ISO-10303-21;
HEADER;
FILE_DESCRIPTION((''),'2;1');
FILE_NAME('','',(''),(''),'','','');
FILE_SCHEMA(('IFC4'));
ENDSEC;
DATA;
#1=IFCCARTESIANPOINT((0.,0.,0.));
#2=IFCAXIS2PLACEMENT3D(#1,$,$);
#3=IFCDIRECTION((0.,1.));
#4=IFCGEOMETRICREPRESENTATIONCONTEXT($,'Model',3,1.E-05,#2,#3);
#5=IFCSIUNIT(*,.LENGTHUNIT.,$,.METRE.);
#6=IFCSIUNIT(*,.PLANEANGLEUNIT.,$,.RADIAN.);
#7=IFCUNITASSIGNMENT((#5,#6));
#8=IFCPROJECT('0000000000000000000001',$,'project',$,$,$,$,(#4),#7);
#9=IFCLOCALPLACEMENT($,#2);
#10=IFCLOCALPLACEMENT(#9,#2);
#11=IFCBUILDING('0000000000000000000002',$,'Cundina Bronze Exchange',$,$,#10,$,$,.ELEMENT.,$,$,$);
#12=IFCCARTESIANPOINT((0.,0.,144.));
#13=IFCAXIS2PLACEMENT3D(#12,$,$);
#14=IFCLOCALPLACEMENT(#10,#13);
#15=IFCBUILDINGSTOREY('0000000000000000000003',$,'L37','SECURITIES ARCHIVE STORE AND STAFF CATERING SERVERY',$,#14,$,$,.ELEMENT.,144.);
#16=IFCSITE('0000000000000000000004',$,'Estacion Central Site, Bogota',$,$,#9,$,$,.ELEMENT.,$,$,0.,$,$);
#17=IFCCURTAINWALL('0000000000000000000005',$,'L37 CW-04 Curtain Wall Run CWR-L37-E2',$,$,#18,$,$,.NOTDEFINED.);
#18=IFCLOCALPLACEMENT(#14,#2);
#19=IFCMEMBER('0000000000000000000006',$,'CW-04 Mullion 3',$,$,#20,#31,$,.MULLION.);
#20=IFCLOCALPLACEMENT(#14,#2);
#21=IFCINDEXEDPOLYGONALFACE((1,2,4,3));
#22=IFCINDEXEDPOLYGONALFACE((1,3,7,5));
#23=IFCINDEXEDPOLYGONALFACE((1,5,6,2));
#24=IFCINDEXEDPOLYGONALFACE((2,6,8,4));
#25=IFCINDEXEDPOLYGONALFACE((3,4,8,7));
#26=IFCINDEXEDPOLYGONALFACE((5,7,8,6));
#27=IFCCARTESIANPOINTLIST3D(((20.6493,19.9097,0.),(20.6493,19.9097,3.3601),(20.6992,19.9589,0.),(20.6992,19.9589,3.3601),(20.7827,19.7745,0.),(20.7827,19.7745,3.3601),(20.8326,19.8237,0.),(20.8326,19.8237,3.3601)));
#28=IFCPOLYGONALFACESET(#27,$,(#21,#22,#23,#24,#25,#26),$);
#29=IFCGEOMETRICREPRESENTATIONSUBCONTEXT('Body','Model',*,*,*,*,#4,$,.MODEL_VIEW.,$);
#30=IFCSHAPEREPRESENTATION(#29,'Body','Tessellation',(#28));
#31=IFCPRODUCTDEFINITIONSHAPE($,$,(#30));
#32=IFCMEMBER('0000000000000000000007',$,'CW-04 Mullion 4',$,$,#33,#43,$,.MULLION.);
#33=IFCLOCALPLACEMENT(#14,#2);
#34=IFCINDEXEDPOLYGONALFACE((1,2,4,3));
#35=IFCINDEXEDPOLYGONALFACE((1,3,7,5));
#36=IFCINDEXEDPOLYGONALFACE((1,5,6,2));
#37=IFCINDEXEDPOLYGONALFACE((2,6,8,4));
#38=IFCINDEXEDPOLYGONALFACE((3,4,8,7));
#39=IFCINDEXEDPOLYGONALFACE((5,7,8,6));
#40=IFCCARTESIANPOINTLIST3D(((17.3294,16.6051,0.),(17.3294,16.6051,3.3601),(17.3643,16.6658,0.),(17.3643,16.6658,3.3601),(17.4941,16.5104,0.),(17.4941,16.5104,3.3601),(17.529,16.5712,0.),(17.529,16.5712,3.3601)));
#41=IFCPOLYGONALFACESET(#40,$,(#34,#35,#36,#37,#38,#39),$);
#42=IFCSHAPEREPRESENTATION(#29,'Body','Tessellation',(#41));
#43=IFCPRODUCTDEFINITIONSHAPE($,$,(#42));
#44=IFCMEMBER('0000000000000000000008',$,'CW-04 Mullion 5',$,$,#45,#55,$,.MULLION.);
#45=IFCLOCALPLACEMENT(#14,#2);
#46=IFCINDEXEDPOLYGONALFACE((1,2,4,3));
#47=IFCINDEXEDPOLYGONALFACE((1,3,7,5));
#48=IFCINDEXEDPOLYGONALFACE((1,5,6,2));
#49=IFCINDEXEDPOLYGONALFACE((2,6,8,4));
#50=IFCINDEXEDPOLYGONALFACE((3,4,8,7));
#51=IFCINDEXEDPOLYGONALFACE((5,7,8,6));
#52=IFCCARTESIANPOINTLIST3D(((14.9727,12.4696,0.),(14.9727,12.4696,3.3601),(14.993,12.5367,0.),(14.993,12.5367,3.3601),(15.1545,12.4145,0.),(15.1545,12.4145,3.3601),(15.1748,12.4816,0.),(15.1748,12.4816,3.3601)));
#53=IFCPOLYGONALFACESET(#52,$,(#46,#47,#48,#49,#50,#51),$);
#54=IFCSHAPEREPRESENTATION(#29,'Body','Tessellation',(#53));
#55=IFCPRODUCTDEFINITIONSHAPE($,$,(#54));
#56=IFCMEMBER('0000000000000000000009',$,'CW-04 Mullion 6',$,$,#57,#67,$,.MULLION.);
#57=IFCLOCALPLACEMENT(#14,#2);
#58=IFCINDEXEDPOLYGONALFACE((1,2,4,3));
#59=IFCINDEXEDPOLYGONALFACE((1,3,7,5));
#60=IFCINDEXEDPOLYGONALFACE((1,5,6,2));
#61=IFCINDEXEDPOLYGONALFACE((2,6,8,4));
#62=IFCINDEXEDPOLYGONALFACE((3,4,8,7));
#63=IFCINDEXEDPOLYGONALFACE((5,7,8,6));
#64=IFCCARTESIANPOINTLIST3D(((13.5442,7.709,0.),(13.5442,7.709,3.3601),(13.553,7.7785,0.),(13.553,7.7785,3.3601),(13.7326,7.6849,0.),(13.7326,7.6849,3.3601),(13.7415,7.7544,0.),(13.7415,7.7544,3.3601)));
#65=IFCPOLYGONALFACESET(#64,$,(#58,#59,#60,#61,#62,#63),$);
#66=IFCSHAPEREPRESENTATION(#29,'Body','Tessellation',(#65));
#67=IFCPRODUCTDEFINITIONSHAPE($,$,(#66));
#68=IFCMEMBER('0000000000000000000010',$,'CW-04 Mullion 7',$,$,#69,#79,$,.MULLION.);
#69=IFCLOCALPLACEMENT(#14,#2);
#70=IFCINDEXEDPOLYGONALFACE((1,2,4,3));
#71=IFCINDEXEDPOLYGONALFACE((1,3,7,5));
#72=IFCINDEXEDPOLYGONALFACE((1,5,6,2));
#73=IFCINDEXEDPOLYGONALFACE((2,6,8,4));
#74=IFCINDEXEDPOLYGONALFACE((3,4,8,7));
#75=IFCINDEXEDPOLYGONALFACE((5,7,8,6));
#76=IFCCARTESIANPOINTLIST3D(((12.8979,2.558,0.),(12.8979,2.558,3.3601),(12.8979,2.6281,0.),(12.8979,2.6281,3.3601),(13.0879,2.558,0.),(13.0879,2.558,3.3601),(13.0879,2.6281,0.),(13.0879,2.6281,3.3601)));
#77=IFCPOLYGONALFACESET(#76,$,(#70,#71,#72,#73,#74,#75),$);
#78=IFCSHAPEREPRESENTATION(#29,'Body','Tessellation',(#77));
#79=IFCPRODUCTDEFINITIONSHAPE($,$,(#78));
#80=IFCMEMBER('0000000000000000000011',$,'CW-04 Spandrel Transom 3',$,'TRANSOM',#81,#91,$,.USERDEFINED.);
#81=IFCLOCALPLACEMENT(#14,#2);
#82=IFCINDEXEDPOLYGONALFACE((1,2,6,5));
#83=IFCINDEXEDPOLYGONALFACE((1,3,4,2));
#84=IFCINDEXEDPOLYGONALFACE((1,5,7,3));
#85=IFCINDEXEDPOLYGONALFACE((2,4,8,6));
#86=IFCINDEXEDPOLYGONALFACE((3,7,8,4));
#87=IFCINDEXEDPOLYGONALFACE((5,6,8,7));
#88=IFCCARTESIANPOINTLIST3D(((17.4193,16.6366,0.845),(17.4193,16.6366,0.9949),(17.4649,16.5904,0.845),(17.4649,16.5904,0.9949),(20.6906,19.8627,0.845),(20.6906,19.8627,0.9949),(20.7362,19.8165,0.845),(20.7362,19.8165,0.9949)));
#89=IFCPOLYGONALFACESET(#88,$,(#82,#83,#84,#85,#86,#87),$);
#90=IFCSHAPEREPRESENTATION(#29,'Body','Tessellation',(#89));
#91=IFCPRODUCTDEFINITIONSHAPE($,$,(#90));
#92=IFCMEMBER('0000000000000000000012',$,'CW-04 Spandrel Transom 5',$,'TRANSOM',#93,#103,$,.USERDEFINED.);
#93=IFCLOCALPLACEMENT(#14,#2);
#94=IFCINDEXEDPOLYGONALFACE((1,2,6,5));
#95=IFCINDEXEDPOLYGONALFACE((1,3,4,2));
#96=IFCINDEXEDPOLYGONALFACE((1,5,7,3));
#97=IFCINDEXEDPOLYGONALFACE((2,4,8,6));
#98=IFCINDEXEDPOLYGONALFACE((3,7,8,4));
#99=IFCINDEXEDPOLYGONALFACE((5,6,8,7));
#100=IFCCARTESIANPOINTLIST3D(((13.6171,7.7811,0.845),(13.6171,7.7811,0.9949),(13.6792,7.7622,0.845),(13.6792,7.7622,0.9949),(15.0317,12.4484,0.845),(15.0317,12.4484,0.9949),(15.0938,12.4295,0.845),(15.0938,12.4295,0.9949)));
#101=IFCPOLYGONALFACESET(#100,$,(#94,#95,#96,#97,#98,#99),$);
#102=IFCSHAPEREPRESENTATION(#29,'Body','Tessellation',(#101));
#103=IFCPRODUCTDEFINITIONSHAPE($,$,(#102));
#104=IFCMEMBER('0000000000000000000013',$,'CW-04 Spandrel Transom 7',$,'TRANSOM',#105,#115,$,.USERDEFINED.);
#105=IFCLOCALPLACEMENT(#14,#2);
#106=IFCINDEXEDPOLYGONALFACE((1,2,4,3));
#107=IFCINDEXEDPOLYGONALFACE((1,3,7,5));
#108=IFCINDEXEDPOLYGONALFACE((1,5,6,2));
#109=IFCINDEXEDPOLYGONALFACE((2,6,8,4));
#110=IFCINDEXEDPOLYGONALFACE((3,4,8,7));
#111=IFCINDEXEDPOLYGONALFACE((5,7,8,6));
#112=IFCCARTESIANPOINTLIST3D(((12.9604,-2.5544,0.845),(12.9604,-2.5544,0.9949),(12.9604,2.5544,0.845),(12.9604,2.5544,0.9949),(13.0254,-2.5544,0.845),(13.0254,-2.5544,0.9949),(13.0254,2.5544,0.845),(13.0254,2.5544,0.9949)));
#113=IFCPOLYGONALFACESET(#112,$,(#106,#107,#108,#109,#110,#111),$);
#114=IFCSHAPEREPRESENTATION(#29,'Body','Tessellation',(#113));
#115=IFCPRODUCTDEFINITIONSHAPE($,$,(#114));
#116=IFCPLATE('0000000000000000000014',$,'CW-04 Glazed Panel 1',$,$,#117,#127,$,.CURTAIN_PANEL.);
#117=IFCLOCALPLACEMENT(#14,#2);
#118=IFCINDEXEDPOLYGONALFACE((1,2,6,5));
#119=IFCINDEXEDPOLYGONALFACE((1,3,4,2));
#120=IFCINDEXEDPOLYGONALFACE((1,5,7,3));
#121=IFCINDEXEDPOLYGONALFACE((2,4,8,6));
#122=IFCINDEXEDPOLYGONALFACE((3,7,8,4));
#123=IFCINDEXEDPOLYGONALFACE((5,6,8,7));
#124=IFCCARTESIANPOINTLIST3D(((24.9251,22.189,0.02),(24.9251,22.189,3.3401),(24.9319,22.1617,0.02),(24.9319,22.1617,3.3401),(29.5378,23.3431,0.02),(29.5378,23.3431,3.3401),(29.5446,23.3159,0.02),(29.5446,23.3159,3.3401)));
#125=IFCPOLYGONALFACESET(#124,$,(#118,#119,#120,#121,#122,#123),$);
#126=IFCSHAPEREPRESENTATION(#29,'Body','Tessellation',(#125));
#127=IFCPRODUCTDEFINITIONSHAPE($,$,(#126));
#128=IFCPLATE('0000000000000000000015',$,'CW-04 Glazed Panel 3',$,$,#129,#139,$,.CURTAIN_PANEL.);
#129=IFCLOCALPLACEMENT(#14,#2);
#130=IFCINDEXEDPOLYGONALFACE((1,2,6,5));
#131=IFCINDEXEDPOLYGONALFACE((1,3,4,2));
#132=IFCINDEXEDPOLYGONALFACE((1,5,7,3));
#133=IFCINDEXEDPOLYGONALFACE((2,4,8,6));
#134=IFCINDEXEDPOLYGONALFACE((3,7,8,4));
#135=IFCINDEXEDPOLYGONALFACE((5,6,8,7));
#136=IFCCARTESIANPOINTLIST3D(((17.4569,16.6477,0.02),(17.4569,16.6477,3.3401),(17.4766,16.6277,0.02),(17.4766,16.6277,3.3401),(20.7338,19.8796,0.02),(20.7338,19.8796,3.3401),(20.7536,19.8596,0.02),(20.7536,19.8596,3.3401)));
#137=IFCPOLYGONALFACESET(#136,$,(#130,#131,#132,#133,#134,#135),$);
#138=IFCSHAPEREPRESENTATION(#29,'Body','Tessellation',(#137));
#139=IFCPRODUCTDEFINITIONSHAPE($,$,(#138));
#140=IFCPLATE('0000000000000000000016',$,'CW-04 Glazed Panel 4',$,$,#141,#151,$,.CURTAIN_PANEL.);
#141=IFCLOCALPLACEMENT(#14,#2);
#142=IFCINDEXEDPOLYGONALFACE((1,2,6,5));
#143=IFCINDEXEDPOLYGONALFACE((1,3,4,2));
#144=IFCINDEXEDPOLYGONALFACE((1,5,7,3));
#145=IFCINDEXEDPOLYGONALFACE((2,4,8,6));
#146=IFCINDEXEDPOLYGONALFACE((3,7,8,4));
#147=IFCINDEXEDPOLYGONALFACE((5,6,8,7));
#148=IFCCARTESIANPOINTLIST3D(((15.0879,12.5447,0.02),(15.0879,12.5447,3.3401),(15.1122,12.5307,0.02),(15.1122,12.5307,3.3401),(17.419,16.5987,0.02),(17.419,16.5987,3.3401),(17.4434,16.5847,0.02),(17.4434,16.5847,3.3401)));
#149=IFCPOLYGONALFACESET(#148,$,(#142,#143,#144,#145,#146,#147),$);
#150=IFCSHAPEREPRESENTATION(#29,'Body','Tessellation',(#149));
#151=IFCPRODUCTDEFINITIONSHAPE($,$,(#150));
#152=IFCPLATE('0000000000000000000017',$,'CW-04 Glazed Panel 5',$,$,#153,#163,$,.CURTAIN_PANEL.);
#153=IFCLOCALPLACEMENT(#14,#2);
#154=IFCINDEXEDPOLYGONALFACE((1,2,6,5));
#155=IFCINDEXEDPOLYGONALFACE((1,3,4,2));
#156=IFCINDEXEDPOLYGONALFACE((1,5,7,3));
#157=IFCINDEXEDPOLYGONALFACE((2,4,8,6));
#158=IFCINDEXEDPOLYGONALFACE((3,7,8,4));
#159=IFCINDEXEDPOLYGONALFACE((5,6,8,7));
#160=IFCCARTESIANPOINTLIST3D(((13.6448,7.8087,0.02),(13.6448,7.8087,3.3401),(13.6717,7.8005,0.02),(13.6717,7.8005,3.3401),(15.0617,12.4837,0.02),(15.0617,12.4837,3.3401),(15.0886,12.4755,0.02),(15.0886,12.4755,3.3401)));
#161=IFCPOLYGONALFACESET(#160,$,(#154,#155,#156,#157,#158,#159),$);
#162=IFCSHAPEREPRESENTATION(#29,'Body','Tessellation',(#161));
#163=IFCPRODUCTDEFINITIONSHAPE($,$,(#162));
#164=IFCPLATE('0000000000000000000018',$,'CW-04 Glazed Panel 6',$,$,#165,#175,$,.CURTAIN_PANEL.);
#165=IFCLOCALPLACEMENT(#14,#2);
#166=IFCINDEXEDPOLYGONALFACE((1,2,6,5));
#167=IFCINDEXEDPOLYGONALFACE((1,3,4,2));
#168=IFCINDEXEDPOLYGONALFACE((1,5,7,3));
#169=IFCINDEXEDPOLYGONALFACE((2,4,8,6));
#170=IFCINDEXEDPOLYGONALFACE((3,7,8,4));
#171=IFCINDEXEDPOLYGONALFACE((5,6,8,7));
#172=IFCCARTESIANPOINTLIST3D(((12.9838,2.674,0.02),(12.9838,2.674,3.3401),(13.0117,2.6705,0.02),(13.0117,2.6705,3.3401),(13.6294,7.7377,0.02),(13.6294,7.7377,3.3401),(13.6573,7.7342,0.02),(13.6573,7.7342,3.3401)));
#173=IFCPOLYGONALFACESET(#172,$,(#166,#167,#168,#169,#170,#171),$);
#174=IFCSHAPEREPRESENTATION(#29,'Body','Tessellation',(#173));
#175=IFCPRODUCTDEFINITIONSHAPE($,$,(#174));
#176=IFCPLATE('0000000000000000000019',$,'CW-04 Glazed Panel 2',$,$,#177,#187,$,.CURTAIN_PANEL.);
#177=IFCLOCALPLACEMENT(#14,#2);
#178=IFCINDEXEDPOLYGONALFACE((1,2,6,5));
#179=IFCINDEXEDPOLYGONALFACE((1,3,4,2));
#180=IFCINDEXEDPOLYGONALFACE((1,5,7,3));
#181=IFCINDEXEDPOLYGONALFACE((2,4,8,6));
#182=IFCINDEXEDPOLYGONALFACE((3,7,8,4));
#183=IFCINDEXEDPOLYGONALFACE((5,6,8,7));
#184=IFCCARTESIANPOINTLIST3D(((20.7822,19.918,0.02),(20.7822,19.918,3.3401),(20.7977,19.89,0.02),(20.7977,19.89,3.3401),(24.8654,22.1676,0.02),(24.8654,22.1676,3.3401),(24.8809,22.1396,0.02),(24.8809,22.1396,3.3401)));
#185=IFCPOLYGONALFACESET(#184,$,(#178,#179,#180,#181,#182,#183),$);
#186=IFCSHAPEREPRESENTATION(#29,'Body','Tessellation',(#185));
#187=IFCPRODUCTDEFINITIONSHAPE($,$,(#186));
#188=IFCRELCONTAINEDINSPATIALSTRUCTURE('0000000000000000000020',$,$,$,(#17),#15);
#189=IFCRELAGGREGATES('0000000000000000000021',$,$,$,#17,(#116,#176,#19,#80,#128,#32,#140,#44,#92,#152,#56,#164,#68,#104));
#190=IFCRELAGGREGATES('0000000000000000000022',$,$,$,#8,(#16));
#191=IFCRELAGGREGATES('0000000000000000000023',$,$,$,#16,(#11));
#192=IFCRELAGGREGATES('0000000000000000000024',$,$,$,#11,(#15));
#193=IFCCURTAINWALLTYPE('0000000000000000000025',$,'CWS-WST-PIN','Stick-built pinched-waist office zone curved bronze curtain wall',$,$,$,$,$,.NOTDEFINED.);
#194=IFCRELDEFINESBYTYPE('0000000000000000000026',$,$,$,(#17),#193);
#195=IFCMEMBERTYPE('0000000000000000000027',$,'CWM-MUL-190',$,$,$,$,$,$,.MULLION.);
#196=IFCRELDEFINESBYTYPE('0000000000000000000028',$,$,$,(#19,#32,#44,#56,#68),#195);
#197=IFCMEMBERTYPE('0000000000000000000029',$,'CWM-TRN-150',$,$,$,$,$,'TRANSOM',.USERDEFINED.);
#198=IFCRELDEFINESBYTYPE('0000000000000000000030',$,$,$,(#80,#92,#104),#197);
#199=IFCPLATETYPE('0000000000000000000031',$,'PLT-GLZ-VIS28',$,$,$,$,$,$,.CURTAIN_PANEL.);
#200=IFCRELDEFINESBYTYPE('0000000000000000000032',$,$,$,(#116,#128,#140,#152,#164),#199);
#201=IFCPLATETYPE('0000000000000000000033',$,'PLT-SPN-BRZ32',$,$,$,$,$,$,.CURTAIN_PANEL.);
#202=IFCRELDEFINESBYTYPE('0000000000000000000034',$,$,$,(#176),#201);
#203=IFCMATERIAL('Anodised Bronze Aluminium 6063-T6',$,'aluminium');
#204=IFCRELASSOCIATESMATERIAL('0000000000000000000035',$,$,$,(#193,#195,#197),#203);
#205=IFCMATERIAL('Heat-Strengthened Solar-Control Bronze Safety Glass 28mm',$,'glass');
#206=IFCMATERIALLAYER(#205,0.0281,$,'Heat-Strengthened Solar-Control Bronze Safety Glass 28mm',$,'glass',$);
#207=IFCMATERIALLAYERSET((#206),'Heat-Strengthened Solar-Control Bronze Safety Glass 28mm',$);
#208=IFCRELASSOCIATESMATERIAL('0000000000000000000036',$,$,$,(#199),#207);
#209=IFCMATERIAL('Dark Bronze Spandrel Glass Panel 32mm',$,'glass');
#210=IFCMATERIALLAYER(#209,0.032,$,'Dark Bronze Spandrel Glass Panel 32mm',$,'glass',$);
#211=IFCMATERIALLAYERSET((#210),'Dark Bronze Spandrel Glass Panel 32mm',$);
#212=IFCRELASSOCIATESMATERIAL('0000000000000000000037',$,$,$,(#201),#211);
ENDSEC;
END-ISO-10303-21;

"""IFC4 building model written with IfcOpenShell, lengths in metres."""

from ifc_helpers import new_model, si_unit, direction, frame, origin, origin_2d, place, context, subcontext, project, spatial, rectangle, extrude, material, layer, layer_set, material_profile, profile_set, type_object, element, aggregate, save


model = new_model("IFC4")

# Units and contexts
model_context = context("Model", 3, precision=1e-05, world=origin(), true_north=direction((0.0, 1.0)))
body_context = subcontext(model_context, "Body", "Model", "MODEL_VIEW")
ifc_project = project(units=[si_unit("LENGTHUNIT", "METRE"), si_unit("PLANEANGLEUNIT", "RADIAN")], contexts=[model_context])

# Site, building, storey
site_placement = place(None, origin())
site = spatial("IfcSite", under=ifc_project, at=site_placement, Name="Estacion Central Site, Bogota", CompositionType="ELEMENT", RefElevation=0.0)
building_placement = place(site_placement, origin())
building = spatial("IfcBuilding", under=site, at=building_placement, Name="Cundina Bronze Exchange", CompositionType="ELEMENT")
storey_placement = place(building_placement, frame((0.0, 0.0, 144.0)))
storey = spatial("IfcBuildingStorey", under=building, at=storey_placement, Name="L37", Description="SECURITIES ARCHIVE STORE AND STAFF CATERING SERVERY", CompositionType="ELEMENT", Elevation=144.0)

# Curtain wall, members, plates
ifc_material_1 = material(Name="Anodised Bronze Aluminium 6063-T6", Category="aluminium")
curtain_wall_type = type_object("IfcCurtainWallType", Name="CWS-WST-PIN", Description="Stick-built pinched-waist office zone curved bronze curtain wall", PredefinedType="NOTDEFINED", material=ifc_material_1)
curtain_wall_placement = place(storey_placement, origin())
curtain_wall = element("IfcCurtainWall", 1, at=curtain_wall_placement, inside=storey, type_object=curtain_wall_type, Name="L37 CW-04 Curtain Wall Run CWR-L37-E2", PredefinedType="NOTDEFINED")
ifc_material_profile_1 = material_profile(ifc_material_1, rectangle(XDim=0.0701, YDim=0.1899, at=origin_2d()), Name="AL70X190", Category="aluminium")
ifc_profile_set_1 = profile_set([ifc_material_profile_1], Name="Anodised Bronze Aluminium 6063-T6")
member_type_1 = type_object("IfcMemberType", Name="CWM-MUL-190", PredefinedType="MULLION", material=ifc_profile_set_1)
member_1_placement = place(storey_placement, frame((20.741, 19.8667, 0.0), z_axis=(0.0, 0.0, 1.0), x_axis=(-0.712026, -0.702153, 0.0)))
member_1 = element("IfcMember", 2, at=member_1_placement, type_object=member_type_1, Name="CW-04 Mullion 3", PredefinedType="MULLION", context=body_context, shape_type="SweptSolid", body=[
    extrude(rectangle(XDim=0.0701, YDim=0.1899, at=origin_2d()), origin(), (0.0, 0.0, 1.0), 3.3601),
])
member_2_placement = place(storey_placement, frame((17.4292, 16.5881, 0.0), z_axis=(0.0, 0.0, 1.0), x_axis=(-0.498488, -0.866897, 0.0)))
member_2 = element("IfcMember", 3, at=member_2_placement, type_object=member_type_1, Name="CW-04 Mullion 4", PredefinedType="MULLION", context=body_context, shape_type="SweptSolid", body=[
    extrude(rectangle(XDim=0.0701, YDim=0.1899, at=origin_2d()), origin(), (0.0, 0.0, 1.0), 3.3601),
])
member_3_placement = place(storey_placement, frame((15.0737, 12.4756, 0.0), z_axis=(0.0, 0.0, 1.0), x_axis=(-0.290034, -0.957016, 0.0)))
member_3 = element("IfcMember", 4, at=member_3_placement, type_object=member_type_1, Name="CW-04 Mullion 5", PredefinedType="MULLION", context=body_context, shape_type="SweptSolid", body=[
    extrude(rectangle(XDim=0.0701, YDim=0.1899, at=origin_2d()), origin(), (0.0, 0.0, 1.0), 3.3601),
])
member_4_placement = place(storey_placement, frame((13.6428, 7.7317, 0.0), z_axis=(0.0, 0.0, 1.0), x_axis=(-0.126545, -0.991961, 0.0)))
member_4 = element("IfcMember", 5, at=member_4_placement, type_object=member_type_1, Name="CW-04 Mullion 6", PredefinedType="MULLION", context=body_context, shape_type="SweptSolid", body=[
    extrude(rectangle(XDim=0.0701, YDim=0.1899, at=origin_2d()), origin(), (0.0, 0.0, 1.0), 3.3601),
])
member_5_placement = place(storey_placement, frame((12.9929, 2.593, 0.0), z_axis=(0.0, 0.0, 1.0), x_axis=(0.0, -1.0, 0.0)))
member_5 = element("IfcMember", 6, at=member_5_placement, type_object=member_type_1, Name="CW-04 Mullion 7", PredefinedType="MULLION", context=body_context, shape_type="SweptSolid", body=[
    extrude(rectangle(XDim=0.0701, YDim=0.1899, at=origin_2d()), origin(), (0.0, 0.0, 1.0), 3.3601),
])
ifc_material_profile_2 = material_profile(ifc_material_1, rectangle(XDim=0.0649, YDim=0.1499, at=origin_2d()), Name="AL65X150", Category="aluminium")
ifc_profile_set_2 = profile_set([ifc_material_profile_2], Name="Anodised Bronze Aluminium 6063-T6")
member_type_2 = type_object("IfcMemberType", Name="CWM-TRN-150", ElementType="TRANSOM", PredefinedType="USERDEFINED", material=ifc_profile_set_2)
member_6_placement = place(storey_placement, frame((20.7134, 19.8396, 0.9199), z_axis=(-0.712005, -0.702174, 0.0), x_axis=(0.702174, -0.712005, 0.0)))
member_6 = element("IfcMember", 7, at=member_6_placement, type_object=member_type_2, Name="CW-04 Spandrel Transom 3", ObjectType="TRANSOM", PredefinedType="USERDEFINED", context=body_context, shape_type="SweptSolid", body=[
    extrude(rectangle(XDim=0.0649, YDim=0.1499, at=origin_2d()), origin(), (0.0, 0.0, 1.0), 4.5945),
])
member_7_placement = place(storey_placement, frame((15.0627, 12.439, 0.9199), z_axis=(-0.290052, -0.957011, 0.0), x_axis=(0.957011, -0.290052, 0.0)))
member_7 = element("IfcMember", 8, at=member_7_placement, type_object=member_type_2, Name="CW-04 Spandrel Transom 5", ObjectType="TRANSOM", PredefinedType="USERDEFINED", context=body_context, shape_type="SweptSolid", body=[
    extrude(rectangle(XDim=0.0649, YDim=0.1499, at=origin_2d()), origin(), (0.0, 0.0, 1.0), 4.877),
])
member_8_placement = place(storey_placement, frame((12.9929, 2.5544, 0.9199), z_axis=(0.0, -1.0, 0.0), x_axis=(1.0, 0.0, 0.0)))
member_8 = element("IfcMember", 9, at=member_8_placement, type_object=member_type_2, Name="CW-04 Spandrel Transom 7", ObjectType="TRANSOM", PredefinedType="USERDEFINED", context=body_context, shape_type="SweptSolid", body=[
    extrude(rectangle(XDim=0.0649, YDim=0.1499, at=origin_2d()), origin(), (0.0, 0.0, 1.0), 5.1089),
])
ifc_material_2 = material(Name="Heat-Strengthened Solar-Control Bronze Safety Glass 28mm", Category="glass")
ifc_layer_1 = layer(ifc_material_2, 0.0281, Name="Heat-Strengthened Solar-Control Bronze Safety Glass 28mm", Category="glass")
ifc_layer_set_1 = layer_set([ifc_layer_1], Name="Heat-Strengthened Solar-Control Bronze Safety Glass 28mm")
plate_type_1 = type_object("IfcPlateType", Name="PLT-GLZ-VIS28", PredefinedType="CURTAIN_PANEL", material=ifc_layer_set_1)
plate_1_placement = place(storey_placement, frame((27.2349, 22.7524, 0.02), z_axis=(0.0, 0.0, 1.0), x_axis=(-0.970093, -0.242735, 0.0)))
plate_1 = element("IfcPlate", 10, at=plate_1_placement, type_object=plate_type_1, Name="CW-04 Glazed Panel 1", PredefinedType="CURTAIN_PANEL", context=body_context, shape_type="SweptSolid", body=[
    extrude(rectangle(XDim=4.7549, YDim=0.0281, at=origin_2d()), origin(), (0.0, 0.0, 1.0), 3.3201),
])
plate_2_placement = place(storey_placement, frame((19.1052, 18.2537, 0.02), z_axis=(0.0, 0.0, 1.0), x_axis=(-0.711989, -0.70219, 0.0)))
plate_2 = element("IfcPlate", 11, at=plate_2_placement, type_object=plate_type_1, Name="CW-04 Glazed Panel 3", PredefinedType="CURTAIN_PANEL", context=body_context, shape_type="SweptSolid", body=[
    extrude(rectangle(XDim=4.6025, YDim=0.0281, at=origin_2d()), origin(), (0.0, 0.0, 1.0), 3.3201),
])
plate_3_placement = place(storey_placement, frame((16.2656, 14.5647, 0.02), z_axis=(0.0, 0.0, 1.0), x_axis=(-0.498488, -0.866897, 0.0)))
plate_3 = element("IfcPlate", 12, at=plate_3_placement, type_object=plate_type_1, Name="CW-04 Glazed Panel 4", PredefinedType="CURTAIN_PANEL", context=body_context, shape_type="SweptSolid", body=[
    extrude(rectangle(XDim=4.6765, YDim=0.0281, at=origin_2d()), origin(), (0.0, 0.0, 1.0), 3.3201),
])
plate_4_placement = place(storey_placement, frame((14.3667, 10.1421, 0.02), z_axis=(0.0, 0.0, 1.0), x_axis=(-0.290051, -0.957011, 0.0)))
plate_4 = element("IfcPlate", 13, at=plate_4_placement, type_object=plate_type_1, Name="CW-04 Glazed Panel 5", PredefinedType="CURTAIN_PANEL", context=body_context, shape_type="SweptSolid", body=[
    extrude(rectangle(XDim=4.885, YDim=0.0281, at=origin_2d()), origin(), (0.0, 0.0, 1.0), 3.3201),
])
plate_5_placement = place(storey_placement, frame((13.3206, 5.2041, 0.02), z_axis=(0.0, 0.0, 1.0), x_axis=(-0.126476, -0.99197, 0.0)))
plate_5 = element("IfcPlate", 14, at=plate_5_placement, type_object=plate_type_1, Name="CW-04 Glazed Panel 6", PredefinedType="CURTAIN_PANEL", context=body_context, shape_type="SweptSolid", body=[
    extrude(rectangle(XDim=5.1047, YDim=0.0281, at=origin_2d()), origin(), (0.0, 0.0, 1.0), 3.3201),
])
ifc_material_3 = material(Name="Dark Bronze Spandrel Glass Panel 32mm", Category="glass")
ifc_layer_2 = layer(ifc_material_3, 0.032, Name="Dark Bronze Spandrel Glass Panel 32mm", Category="glass")
ifc_layer_set_2 = layer_set([ifc_layer_2], Name="Dark Bronze Spandrel Glass Panel 32mm")
plate_type_2 = type_object("IfcPlateType", Name="PLT-SPN-BRZ32", PredefinedType="CURTAIN_PANEL", material=ifc_layer_set_2)
plate_6_placement = place(storey_placement, frame((22.8315, 21.0288, 0.02), z_axis=(0.0, 0.0, 1.0), x_axis=(-0.875869, -0.482549, 0.0)))
plate_6 = element("IfcPlate", 15, at=plate_6_placement, type_object=plate_type_2, Name="CW-04 Glazed Panel 2", PredefinedType="CURTAIN_PANEL", context=body_context, shape_type="SweptSolid", body=[
    extrude(rectangle(XDim=4.6619, YDim=0.032, at=origin_2d()), origin(), (0.0, 0.0, 1.0), 3.3201),
])
aggregate(curtain_wall, [plate_1, plate_6, member_1, member_6, plate_2, member_2, plate_3, member_3, member_7, plate_4, member_4, plate_5, member_5, member_8])

save(model, "model.ifc")
